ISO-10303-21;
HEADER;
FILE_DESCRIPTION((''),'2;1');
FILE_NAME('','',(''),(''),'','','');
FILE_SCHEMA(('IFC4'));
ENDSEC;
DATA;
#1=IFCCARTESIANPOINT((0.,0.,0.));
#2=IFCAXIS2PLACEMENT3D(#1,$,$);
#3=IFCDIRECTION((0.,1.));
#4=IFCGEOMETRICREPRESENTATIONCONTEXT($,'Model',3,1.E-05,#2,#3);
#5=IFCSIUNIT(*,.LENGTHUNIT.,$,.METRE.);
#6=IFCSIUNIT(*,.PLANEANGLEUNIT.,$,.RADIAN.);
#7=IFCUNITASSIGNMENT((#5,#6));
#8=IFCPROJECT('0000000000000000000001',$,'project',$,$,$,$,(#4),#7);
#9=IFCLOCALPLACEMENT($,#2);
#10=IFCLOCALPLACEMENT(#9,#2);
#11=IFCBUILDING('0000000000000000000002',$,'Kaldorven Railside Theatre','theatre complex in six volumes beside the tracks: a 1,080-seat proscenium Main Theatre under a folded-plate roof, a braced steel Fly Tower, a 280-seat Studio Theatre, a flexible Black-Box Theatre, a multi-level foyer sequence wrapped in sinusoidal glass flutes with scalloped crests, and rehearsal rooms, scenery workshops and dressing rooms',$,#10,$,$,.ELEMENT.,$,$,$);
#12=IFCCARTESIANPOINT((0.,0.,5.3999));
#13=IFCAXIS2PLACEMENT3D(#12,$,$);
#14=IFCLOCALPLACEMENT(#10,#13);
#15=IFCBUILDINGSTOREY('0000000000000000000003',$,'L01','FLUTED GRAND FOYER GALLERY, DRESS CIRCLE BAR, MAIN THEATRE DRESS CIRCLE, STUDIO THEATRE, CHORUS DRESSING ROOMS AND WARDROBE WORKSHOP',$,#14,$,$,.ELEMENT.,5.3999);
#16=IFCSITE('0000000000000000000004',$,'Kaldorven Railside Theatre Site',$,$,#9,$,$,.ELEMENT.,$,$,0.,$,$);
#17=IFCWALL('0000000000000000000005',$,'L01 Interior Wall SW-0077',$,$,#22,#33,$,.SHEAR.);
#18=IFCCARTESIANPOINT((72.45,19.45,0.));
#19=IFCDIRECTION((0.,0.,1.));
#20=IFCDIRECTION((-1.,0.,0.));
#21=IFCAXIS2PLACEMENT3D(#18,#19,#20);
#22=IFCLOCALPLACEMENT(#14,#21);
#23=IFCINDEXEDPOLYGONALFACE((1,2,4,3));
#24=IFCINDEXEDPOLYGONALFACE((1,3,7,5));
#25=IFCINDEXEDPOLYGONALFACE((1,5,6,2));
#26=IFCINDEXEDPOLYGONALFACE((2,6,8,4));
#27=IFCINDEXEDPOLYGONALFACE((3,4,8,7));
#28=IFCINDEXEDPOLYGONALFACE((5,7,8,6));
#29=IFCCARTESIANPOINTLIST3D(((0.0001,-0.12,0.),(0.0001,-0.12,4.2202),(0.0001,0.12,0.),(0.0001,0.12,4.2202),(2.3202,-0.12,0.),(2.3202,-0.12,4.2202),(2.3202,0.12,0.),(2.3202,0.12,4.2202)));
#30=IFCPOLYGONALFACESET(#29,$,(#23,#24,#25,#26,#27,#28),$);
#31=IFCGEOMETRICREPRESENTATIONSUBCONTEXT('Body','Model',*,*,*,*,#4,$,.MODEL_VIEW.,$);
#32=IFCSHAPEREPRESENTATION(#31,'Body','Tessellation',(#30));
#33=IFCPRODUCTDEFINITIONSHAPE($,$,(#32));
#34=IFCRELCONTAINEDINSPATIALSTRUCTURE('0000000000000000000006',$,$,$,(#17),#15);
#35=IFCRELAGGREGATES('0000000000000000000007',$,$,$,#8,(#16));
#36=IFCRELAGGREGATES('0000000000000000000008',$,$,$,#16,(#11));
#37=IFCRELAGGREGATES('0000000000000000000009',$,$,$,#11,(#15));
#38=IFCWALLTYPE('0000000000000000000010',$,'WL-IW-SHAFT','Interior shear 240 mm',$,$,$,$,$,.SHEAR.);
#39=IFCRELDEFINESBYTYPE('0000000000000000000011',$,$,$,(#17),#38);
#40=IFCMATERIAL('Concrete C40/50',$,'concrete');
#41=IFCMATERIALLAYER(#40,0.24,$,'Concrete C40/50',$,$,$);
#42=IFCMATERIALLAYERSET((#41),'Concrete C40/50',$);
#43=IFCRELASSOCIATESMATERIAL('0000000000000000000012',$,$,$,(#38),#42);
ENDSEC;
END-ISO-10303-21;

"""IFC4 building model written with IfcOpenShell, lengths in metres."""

from ifc_helpers import new_model, si_unit, direction, frame, frame_2d, origin, place, context, subcontext, project, spatial, rectangle, extrude, material, layer, layer_set, type_object, element, save


model = new_model("IFC4")

# Units and contexts
model_context = context("Model", 3, precision=1e-05, world=origin(), true_north=direction((0.0, 1.0)))
body_context = subcontext(model_context, "Body", "Model", "MODEL_VIEW")
ifc_project = project(units=[si_unit("LENGTHUNIT", "METRE"), si_unit("PLANEANGLEUNIT", "RADIAN")], contexts=[model_context])

# Site, building, storey
site_placement = place(None, origin())
site = spatial("IfcSite", under=ifc_project, at=site_placement, Name="Kaldorven Railside Theatre Site", CompositionType="ELEMENT", RefElevation=0.0)
building_placement = place(site_placement, origin())
building = spatial("IfcBuilding", under=site, at=building_placement, Name="Kaldorven Railside Theatre", Description="theatre complex in six volumes beside the tracks: a 1,080-seat proscenium Main Theatre under a folded-plate roof, a braced steel Fly Tower, a 280-seat Studio Theatre, a flexible Black-Box Theatre, a multi-level foyer sequence wrapped in sinusoidal glass flutes with scalloped crests, and rehearsal rooms, scenery workshops and dressing rooms", CompositionType="ELEMENT")
storey_placement = place(building_placement, frame((0.0, 0.0, 5.3999)))
storey = spatial("IfcBuildingStorey", under=building, at=storey_placement, Name="L01", Description="FLUTED GRAND FOYER GALLERY, DRESS CIRCLE BAR, MAIN THEATRE DRESS CIRCLE, STUDIO THEATRE, CHORUS DRESSING ROOMS AND WARDROBE WORKSHOP", CompositionType="ELEMENT", Elevation=5.3999)

# Shared definitions
ifc_material_1 = material(Name="Concrete C40/50", Category="concrete")

# Wall
ifc_layer_1 = layer(ifc_material_1, 0.24, Name="Concrete C40/50")
ifc_layer_set_1 = layer_set([ifc_layer_1], Name="Concrete C40/50")
wall_type = type_object("IfcWallType", Name="WL-IW-SHAFT", Description="Interior shear 240 mm", PredefinedType="SHEAR", material=ifc_layer_set_1)
wall_1_placement = place(storey_placement, frame((72.45, 19.45, 0.0), z_axis=(0.0, 0.0, 1.0), x_axis=(-1.0, 0.0, 0.0)))
element("IfcWall", 1, at=wall_1_placement, inside=storey, type_object=wall_type, Name="L01 Interior Wall SW-0077", PredefinedType="SHEAR", context=body_context, shape_type="SweptSolid", body=[
    extrude(rectangle(XDim=2.3201, YDim=0.24, at=frame_2d((1.1602, 0.0))), origin(), (0.0, 0.0, 1.0), 4.2202),
])

save(model, "model.ifc")
